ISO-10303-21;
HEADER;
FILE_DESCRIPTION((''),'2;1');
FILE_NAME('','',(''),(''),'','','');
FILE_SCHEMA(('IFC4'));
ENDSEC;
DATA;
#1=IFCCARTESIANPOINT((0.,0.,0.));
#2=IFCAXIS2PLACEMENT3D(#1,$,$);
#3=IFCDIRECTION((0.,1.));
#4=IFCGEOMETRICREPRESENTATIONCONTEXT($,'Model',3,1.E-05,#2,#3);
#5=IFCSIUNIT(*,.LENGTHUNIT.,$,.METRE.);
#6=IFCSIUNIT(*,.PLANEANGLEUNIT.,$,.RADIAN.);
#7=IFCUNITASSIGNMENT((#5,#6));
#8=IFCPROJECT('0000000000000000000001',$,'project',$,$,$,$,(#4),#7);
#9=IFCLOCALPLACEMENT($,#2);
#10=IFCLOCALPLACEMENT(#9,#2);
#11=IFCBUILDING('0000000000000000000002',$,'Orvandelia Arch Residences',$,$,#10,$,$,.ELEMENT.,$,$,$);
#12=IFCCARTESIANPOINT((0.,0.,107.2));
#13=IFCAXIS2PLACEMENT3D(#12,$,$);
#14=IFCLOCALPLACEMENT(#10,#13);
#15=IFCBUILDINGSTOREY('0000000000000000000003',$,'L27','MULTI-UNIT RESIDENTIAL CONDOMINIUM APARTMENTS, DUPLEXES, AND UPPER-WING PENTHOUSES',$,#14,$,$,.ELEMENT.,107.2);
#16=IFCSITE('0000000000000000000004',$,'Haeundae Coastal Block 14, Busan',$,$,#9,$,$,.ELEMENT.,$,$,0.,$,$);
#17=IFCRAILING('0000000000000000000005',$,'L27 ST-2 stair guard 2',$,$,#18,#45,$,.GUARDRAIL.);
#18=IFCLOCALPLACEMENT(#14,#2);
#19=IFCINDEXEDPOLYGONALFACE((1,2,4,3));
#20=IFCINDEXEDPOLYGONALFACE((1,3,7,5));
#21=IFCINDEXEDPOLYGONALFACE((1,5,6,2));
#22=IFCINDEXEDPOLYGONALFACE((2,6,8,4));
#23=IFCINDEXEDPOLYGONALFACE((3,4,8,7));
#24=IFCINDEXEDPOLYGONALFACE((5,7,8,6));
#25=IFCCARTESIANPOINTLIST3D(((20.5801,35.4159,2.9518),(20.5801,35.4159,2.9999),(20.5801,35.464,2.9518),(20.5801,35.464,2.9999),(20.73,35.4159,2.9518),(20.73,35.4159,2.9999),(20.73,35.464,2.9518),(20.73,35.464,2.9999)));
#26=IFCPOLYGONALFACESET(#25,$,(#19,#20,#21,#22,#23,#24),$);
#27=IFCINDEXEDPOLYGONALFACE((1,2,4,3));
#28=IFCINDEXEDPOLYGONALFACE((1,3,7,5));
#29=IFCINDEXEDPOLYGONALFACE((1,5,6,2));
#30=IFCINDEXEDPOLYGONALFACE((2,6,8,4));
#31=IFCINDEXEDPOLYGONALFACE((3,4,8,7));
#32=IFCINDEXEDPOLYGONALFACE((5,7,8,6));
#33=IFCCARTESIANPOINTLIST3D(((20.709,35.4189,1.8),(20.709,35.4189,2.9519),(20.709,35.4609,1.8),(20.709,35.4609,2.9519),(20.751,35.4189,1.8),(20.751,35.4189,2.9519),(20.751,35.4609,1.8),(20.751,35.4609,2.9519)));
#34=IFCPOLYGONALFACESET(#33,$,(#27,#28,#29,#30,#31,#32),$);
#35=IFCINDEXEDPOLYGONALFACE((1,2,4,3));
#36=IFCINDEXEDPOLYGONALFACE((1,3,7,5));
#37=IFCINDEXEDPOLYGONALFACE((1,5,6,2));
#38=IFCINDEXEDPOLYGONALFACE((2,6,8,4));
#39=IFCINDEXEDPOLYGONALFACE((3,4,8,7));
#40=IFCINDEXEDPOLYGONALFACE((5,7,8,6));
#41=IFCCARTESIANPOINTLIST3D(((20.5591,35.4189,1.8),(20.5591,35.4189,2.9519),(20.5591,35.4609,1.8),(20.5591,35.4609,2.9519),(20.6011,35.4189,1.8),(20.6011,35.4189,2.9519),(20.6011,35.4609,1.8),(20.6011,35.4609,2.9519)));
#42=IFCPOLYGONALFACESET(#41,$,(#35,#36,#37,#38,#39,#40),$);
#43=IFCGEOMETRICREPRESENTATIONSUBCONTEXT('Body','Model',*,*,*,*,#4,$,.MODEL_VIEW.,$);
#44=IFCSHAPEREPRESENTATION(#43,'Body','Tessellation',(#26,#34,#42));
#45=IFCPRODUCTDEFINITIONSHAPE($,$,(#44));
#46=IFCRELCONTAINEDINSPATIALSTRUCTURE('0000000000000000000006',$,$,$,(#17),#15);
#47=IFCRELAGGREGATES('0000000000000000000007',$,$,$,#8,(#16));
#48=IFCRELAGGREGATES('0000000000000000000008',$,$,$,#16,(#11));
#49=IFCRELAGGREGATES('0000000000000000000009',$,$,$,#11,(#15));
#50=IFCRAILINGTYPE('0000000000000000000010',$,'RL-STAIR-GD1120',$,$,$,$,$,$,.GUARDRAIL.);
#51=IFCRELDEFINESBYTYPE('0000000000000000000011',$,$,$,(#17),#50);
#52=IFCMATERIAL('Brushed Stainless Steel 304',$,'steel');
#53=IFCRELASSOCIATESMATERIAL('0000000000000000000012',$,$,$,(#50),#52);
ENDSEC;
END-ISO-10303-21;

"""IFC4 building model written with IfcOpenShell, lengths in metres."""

from ifc_helpers import new_model, si_unit, direction, frame, origin, origin_2d, place, context, subcontext, project, spatial, rectangle, extrude, material, type_object, element, save


model = new_model("IFC4")

# Units and contexts
model_context = context("Model", 3, precision=1e-05, world=origin(), true_north=direction((0.0, 1.0)))
body_context = subcontext(model_context, "Body", "Model", "MODEL_VIEW")
ifc_project = project(units=[si_unit("LENGTHUNIT", "METRE"), si_unit("PLANEANGLEUNIT", "RADIAN")], contexts=[model_context])

# Site, building, storey
site_placement = place(None, origin())
site = spatial("IfcSite", under=ifc_project, at=site_placement, Name="Haeundae Coastal Block 14, Busan", CompositionType="ELEMENT", RefElevation=0.0)
building_placement = place(site_placement, origin())
building = spatial("IfcBuilding", under=site, at=building_placement, Name="Orvandelia Arch Residences", CompositionType="ELEMENT")
storey_placement = place(building_placement, frame((0.0, 0.0, 107.2)))
storey = spatial("IfcBuildingStorey", under=building, at=storey_placement, Name="L27", Description="MULTI-UNIT RESIDENTIAL CONDOMINIUM APARTMENTS, DUPLEXES, AND UPPER-WING PENTHOUSES", CompositionType="ELEMENT", Elevation=107.2)

# Railing
ifc_material_1 = material(Name="Brushed Stainless Steel 304", Category="steel")
railing_type = type_object("IfcRailingType", Name="RL-STAIR-GD1120", PredefinedType="GUARDRAIL", material=ifc_material_1)
railing_placement = place(storey_placement, frame((20.73, 35.4399, 1.8)))
element("IfcRailing", 1, at=railing_placement, inside=storey, type_object=railing_type, Name="L27 ST-2 stair guard 2", PredefinedType="GUARDRAIL", context=body_context, shape_type="SweptSolid", body=[
    extrude(rectangle(XDim=0.0481, YDim=0.0481, at=origin_2d()), frame((0.0, 0.0, 1.1758), z_axis=(-1.0, 0.0, 0.0), x_axis=(0.0, -1.0, 0.0)), (0.0, 0.0, 1.0), 0.1499),
    extrude(rectangle(XDim=0.042, YDim=0.042, at=origin_2d()), origin(), (0.0, 0.0, 1.0), 1.1519),
    extrude(rectangle(XDim=0.042, YDim=0.042, at=origin_2d()), frame((-0.1499, 0.0, 0.0)), (0.0, 0.0, 1.0), 1.1519),
])

save(model, "model.ifc")
